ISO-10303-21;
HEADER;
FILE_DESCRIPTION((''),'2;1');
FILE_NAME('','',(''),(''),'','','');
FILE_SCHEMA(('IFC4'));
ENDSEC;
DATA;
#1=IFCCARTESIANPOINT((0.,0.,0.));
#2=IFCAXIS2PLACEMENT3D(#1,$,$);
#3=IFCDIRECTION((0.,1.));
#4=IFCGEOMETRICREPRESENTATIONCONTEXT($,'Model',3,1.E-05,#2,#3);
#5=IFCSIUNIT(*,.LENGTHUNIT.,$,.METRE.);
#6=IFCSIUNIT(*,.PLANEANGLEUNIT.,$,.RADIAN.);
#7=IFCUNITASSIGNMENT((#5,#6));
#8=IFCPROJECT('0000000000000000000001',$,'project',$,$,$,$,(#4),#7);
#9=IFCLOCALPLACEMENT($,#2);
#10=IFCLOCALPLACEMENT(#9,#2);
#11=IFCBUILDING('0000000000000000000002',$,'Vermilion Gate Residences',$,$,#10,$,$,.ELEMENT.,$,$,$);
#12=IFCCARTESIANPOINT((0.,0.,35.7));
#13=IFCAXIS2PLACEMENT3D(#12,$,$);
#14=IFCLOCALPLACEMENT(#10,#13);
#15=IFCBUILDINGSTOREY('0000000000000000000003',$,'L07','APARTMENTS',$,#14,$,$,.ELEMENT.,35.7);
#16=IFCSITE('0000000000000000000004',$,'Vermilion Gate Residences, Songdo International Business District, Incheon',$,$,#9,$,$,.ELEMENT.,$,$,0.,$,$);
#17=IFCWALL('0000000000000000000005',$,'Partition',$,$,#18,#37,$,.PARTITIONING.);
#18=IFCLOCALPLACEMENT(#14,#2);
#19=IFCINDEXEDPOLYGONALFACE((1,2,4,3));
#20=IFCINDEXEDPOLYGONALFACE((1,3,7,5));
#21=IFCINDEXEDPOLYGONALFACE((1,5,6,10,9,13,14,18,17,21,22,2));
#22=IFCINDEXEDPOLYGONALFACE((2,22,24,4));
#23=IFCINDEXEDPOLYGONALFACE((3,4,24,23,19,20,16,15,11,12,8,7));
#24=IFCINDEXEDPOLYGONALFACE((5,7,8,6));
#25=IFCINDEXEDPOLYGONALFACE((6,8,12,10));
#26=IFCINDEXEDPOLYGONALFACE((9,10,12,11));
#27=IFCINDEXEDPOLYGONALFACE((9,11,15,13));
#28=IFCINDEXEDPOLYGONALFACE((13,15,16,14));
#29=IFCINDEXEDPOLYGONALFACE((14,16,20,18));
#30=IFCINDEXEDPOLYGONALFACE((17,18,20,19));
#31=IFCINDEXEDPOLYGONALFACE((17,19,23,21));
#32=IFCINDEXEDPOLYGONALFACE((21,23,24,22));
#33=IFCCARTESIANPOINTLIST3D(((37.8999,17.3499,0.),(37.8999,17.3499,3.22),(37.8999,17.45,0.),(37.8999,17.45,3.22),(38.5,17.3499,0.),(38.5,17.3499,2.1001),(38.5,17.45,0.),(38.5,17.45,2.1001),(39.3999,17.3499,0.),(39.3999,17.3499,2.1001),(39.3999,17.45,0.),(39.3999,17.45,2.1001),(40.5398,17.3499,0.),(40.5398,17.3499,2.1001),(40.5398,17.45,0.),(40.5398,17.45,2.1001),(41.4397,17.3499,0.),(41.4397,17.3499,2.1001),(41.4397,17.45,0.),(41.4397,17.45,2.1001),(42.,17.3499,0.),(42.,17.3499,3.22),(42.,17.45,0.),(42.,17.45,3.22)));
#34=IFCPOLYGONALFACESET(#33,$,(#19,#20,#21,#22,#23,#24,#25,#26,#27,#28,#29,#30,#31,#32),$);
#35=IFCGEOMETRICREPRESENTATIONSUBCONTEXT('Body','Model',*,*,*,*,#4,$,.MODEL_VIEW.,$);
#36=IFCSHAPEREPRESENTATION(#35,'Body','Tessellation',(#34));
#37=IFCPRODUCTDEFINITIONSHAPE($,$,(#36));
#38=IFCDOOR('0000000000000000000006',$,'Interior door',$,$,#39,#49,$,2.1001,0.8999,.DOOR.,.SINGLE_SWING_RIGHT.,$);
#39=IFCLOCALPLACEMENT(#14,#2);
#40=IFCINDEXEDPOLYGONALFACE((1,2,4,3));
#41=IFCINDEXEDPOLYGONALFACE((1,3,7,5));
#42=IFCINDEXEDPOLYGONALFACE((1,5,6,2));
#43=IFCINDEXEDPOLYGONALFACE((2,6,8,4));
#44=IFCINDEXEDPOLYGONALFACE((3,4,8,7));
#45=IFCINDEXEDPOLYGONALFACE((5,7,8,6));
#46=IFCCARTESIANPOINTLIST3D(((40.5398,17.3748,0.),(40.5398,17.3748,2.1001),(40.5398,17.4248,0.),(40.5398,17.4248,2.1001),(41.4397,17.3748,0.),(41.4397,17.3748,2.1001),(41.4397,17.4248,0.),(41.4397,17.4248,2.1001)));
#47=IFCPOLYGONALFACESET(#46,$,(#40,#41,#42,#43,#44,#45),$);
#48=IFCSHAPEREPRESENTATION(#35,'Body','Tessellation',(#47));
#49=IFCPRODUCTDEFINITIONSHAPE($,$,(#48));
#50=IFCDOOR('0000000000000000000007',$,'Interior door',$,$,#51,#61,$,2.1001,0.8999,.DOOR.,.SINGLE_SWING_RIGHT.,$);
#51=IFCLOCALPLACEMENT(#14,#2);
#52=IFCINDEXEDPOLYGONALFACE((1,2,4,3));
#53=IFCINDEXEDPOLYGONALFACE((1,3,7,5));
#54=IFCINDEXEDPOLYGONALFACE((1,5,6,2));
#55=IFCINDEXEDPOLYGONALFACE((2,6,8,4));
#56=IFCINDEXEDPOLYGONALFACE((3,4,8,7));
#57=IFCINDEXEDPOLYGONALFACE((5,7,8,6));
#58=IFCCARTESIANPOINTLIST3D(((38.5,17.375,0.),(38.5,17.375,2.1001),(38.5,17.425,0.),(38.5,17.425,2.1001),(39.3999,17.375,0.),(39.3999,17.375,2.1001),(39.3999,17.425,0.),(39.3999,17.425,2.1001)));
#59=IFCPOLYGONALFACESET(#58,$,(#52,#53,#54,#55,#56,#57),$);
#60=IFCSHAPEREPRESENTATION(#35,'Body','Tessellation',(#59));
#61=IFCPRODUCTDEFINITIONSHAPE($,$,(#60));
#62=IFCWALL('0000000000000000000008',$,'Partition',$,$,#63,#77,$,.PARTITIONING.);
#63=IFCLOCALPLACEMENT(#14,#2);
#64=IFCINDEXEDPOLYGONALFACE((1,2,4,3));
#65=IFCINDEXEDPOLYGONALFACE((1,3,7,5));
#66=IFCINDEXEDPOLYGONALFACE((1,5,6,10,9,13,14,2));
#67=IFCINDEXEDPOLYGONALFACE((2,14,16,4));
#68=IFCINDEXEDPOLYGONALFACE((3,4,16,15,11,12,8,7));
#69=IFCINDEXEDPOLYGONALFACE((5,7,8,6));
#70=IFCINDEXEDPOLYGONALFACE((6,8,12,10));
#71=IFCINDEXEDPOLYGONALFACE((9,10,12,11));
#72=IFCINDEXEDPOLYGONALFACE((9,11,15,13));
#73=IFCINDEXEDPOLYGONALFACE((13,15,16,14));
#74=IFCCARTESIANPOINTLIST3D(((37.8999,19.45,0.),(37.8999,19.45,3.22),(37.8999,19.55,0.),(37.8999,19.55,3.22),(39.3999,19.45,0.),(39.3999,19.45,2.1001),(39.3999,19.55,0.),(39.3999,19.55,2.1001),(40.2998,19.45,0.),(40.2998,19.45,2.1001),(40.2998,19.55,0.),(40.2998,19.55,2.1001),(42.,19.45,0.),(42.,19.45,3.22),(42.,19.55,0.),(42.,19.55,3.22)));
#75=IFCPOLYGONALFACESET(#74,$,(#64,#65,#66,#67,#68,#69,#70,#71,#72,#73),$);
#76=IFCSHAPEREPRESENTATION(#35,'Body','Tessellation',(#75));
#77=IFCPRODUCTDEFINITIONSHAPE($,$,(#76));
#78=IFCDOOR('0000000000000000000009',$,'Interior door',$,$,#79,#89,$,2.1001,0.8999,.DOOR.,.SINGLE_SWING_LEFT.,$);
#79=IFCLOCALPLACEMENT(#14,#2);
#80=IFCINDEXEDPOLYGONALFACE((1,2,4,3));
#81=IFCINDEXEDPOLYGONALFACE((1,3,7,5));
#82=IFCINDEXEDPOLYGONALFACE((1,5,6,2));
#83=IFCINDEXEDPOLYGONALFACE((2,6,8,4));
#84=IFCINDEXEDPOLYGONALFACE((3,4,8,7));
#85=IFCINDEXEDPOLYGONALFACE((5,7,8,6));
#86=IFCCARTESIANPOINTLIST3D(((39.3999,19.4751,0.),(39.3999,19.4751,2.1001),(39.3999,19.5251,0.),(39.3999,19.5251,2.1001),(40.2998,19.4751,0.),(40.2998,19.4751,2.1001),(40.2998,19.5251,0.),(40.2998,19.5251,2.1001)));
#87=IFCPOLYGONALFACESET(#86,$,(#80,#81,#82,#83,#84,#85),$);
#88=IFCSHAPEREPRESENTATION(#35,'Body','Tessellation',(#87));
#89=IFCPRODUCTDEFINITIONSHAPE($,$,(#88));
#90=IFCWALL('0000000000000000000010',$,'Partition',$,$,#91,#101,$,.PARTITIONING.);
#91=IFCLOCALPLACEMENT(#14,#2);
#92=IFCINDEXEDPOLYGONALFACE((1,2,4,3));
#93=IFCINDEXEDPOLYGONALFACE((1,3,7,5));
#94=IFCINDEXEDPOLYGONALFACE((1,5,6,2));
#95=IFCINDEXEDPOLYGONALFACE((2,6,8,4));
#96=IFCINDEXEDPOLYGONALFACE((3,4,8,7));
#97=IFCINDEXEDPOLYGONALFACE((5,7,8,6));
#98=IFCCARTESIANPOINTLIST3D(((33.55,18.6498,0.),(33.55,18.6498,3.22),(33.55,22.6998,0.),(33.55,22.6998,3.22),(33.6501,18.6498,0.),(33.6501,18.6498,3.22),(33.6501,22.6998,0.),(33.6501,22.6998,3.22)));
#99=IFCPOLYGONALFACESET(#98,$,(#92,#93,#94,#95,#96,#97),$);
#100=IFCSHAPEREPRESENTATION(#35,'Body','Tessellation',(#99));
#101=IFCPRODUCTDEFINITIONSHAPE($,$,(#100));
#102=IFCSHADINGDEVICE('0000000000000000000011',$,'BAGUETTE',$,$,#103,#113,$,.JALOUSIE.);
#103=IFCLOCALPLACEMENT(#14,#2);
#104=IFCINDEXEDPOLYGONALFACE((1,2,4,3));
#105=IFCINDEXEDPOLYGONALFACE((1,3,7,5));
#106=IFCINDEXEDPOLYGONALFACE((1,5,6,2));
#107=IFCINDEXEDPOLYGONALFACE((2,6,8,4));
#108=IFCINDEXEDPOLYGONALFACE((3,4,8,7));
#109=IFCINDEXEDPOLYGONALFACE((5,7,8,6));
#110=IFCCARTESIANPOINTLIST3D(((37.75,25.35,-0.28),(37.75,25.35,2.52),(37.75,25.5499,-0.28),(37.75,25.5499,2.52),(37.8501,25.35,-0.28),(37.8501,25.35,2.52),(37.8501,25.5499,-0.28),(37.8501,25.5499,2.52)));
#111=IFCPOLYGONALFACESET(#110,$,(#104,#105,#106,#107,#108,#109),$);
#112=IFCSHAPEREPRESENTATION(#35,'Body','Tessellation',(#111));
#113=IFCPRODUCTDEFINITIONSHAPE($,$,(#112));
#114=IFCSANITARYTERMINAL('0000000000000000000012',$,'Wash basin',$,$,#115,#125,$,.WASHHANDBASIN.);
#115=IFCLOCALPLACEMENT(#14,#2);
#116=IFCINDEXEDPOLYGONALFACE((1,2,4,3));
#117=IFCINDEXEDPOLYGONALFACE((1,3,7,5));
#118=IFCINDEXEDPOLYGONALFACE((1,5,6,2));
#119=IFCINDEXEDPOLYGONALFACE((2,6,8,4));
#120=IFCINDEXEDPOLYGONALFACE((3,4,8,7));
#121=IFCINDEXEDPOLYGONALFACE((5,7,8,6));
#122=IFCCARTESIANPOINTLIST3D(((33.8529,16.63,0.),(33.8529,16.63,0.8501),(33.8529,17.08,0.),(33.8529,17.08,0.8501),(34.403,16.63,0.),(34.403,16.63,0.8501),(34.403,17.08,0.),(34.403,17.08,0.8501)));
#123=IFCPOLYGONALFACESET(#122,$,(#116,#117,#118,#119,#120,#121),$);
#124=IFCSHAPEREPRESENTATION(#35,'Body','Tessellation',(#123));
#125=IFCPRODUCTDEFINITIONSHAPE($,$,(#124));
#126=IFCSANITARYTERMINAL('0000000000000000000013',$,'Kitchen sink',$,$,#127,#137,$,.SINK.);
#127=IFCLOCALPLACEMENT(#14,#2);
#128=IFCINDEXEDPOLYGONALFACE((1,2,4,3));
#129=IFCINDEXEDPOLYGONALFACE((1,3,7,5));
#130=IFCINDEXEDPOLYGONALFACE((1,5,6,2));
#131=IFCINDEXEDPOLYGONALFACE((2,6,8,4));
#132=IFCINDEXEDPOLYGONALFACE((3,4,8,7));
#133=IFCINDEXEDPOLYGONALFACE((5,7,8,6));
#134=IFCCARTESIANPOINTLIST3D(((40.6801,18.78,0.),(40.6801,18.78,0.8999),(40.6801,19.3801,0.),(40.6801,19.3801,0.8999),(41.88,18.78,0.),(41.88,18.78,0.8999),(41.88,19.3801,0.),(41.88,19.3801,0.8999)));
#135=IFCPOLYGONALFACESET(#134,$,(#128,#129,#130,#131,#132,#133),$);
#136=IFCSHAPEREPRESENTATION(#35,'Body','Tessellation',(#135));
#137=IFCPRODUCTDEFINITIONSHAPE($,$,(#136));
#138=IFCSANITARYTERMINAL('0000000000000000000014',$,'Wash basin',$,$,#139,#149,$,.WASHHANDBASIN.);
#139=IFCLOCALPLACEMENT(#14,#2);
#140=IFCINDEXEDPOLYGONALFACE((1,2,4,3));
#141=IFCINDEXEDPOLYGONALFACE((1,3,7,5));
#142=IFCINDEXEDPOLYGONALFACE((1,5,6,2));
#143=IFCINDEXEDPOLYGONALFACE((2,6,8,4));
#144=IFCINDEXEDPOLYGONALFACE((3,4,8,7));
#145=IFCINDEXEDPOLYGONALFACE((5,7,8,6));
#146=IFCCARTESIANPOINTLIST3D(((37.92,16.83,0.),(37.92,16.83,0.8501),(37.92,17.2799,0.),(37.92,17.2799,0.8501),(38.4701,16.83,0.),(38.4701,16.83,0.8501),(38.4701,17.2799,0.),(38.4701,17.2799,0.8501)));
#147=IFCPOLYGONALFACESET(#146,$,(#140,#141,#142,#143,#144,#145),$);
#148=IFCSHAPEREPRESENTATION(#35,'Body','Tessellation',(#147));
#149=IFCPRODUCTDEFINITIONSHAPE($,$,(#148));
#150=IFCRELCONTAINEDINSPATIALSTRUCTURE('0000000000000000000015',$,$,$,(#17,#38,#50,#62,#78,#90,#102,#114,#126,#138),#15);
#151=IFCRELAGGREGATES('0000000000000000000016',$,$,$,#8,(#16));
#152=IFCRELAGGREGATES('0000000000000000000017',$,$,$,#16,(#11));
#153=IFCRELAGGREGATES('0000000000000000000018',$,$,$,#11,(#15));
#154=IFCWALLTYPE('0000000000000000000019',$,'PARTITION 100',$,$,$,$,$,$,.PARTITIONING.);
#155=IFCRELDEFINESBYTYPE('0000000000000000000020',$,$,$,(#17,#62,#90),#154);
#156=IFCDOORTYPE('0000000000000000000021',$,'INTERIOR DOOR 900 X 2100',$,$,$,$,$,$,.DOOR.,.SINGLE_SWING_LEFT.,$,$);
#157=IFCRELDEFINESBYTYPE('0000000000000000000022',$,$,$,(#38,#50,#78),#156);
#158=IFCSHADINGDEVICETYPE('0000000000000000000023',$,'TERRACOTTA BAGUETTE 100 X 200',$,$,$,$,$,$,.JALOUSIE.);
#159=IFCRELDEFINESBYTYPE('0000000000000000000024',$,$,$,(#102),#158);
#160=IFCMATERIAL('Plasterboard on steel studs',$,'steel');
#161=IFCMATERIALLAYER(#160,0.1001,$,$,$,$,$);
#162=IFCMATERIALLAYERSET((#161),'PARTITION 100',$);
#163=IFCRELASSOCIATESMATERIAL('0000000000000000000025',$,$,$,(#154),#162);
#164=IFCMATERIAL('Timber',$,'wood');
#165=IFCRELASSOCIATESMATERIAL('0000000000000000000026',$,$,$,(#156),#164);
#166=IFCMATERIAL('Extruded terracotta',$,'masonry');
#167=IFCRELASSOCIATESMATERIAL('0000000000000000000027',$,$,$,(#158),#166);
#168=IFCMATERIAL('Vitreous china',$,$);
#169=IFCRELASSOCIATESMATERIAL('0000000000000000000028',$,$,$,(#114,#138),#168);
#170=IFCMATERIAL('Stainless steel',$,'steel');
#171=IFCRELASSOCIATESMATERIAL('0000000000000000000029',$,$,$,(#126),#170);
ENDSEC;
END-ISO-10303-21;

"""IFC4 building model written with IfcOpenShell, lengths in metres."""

from ifc_helpers import new_model, si_unit, direction, frame, frame_2d, origin, origin_2d, place, context, subcontext, project, spatial, rectangle, extrude, material, layer, layer_set, material_profile, profile_set, type_object, element, fill, save


model = new_model("IFC4")

# Units and contexts
model_context = context("Model", 3, precision=1e-05, world=origin(), true_north=direction((0.0, 1.0)))
body_context = subcontext(model_context, "Body", "Model", "MODEL_VIEW")
ifc_project = project(units=[si_unit("LENGTHUNIT", "METRE"), si_unit("PLANEANGLEUNIT", "RADIAN")], contexts=[model_context])

# Site, building, storey
site_placement = place(None, origin())
site = spatial("IfcSite", under=ifc_project, at=site_placement, Name="Vermilion Gate Residences, Songdo International Business District, Incheon", CompositionType="ELEMENT", RefElevation=0.0)
building_placement = place(site_placement, origin())
building = spatial("IfcBuilding", under=site, at=building_placement, Name="Vermilion Gate Residences", CompositionType="ELEMENT")
storey_placement = place(building_placement, frame((0.0, 0.0, 35.7)))
storey = spatial("IfcBuildingStorey", under=building, at=storey_placement, Name="L07", Description="APARTMENTS", CompositionType="ELEMENT", Elevation=35.7)

# Wall, openings, doors
ifc_material_1 = material(Name="Plasterboard on steel studs", Category="steel")
ifc_layer_1 = layer(ifc_material_1, 0.1001)
ifc_layer_set_1 = layer_set([ifc_layer_1], Name="PARTITION 100")
wall_type_1 = type_object("IfcWallType", Name="PARTITION 100", PredefinedType="PARTITIONING", material=ifc_layer_set_1)
wall_1_placement = place(storey_placement, frame((37.8999, 17.3999, 0.0), z_axis=(0.0, 0.0, 1.0), x_axis=(1.0, 0.0, 0.0)))
wall_1 = element("IfcWall", 1, at=wall_1_placement, inside=storey, type_object=wall_type_1, Name="Partition", PredefinedType="PARTITIONING", context=body_context, shape_type="SweptSolid", body=[
    extrude(rectangle(XDim=4.1001, YDim=0.1001, at=frame_2d((2.05, 0.0))), origin(), (0.0, 0.0, 1.0), 3.22),
])
opening_1_placement = place(wall_1_placement, frame((2.6399, 0.0, 0.0)))
opening_1 = element("IfcOpeningElement", 2, at=opening_1_placement, cuts=wall_1, PredefinedType="OPENING", context=body_context, shape_type="SweptSolid", body=[
    extrude(rectangle(XDim=0.8999, YDim=2.1001, at=frame_2d((0.45, 1.05))), frame((0.0, 0.0601, 0.0), z_axis=(0.0, -1.0, 0.0), x_axis=(1.0, 0.0, 0.0)), (0.0, 0.0, 1.0), 0.1201),
])
opening_2_placement = place(wall_1_placement, frame((0.6001, 0.0, 0.0)))
opening_2 = element("IfcOpeningElement", 3, at=opening_2_placement, cuts=wall_1, PredefinedType="OPENING", context=body_context, shape_type="SweptSolid", body=[
    extrude(rectangle(XDim=0.8999, YDim=2.1001, at=frame_2d((0.45, 1.05))), frame((0.0, 0.0601, 0.0), z_axis=(0.0, -1.0, 0.0), x_axis=(1.0, 0.0, 0.0)), (0.0, 0.0, 1.0), 0.1201),
])
ifc_material_2 = material(Name="Timber", Category="wood")
door_type_1 = type_object("IfcDoorType", Name="INTERIOR DOOR 900 X 2100", OperationType="SINGLE_SWING_LEFT", PredefinedType="DOOR", material=ifc_material_2)
door_1_placement = place(opening_1_placement, origin())
door_1 = element("IfcDoor", 4, at=door_1_placement, inside=storey, type_object=door_type_1, Name="Interior door", OperationType="SINGLE_SWING_RIGHT", OverallHeight=2.1001, OverallWidth=0.8999, PredefinedType="DOOR", context=body_context, shape_type="SweptSolid", body=[
    extrude(rectangle(XDim=0.8999, YDim=2.1001, at=frame_2d((0.45, 1.05))), frame((0.0, 0.0249, 0.0), z_axis=(0.0, -1.0, 0.0), x_axis=(1.0, 0.0, 0.0)), (0.0, 0.0, 1.0), 0.05),
])
fill(opening_1, door_1)
door_2_placement = place(opening_2_placement, frame((0.8999, 0.0, 0.0), z_axis=(0.0, 0.0, 1.0), x_axis=(-1.0, 0.0, 0.0)))
door_2 = element("IfcDoor", 5, at=door_2_placement, inside=storey, type_object=door_type_1, Name="Interior door", OperationType="SINGLE_SWING_RIGHT", OverallHeight=2.1001, OverallWidth=0.8999, PredefinedType="DOOR", context=body_context, shape_type="SweptSolid", body=[
    extrude(rectangle(XDim=0.8999, YDim=2.1001, at=frame_2d((0.45, 1.05))), frame((0.0, 0.0249, 0.0), z_axis=(0.0, -1.0, 0.0), x_axis=(1.0, 0.0, 0.0)), (0.0, 0.0, 1.0), 0.05),
])
fill(opening_2, door_2)

# Wall, opening, door
wall_2_placement = place(storey_placement, frame((37.8999, 19.5, 0.0), z_axis=(0.0, 0.0, 1.0), x_axis=(1.0, 0.0, 0.0)))
wall_2 = element("IfcWall", 6, at=wall_2_placement, inside=storey, type_object=wall_type_1, Name="Partition", PredefinedType="PARTITIONING", context=body_context, shape_type="SweptSolid", body=[
    extrude(rectangle(XDim=4.1001, YDim=0.1001, at=frame_2d((2.05, 0.0))), origin(), (0.0, 0.0, 1.0), 3.22),
])
opening_3_placement = place(wall_2_placement, frame((1.5, 0.0, 0.0)))
opening_3 = element("IfcOpeningElement", 7, at=opening_3_placement, cuts=wall_2, PredefinedType="OPENING", context=body_context, shape_type="SweptSolid", body=[
    extrude(rectangle(XDim=0.8999, YDim=2.1001, at=frame_2d((0.45, 1.05))), frame((0.0, 0.0601, 0.0), z_axis=(0.0, -1.0, 0.0), x_axis=(1.0, 0.0, 0.0)), (0.0, 0.0, 1.0), 0.1201),
])
door_3_placement = place(opening_3_placement, frame((0.8999, 0.0, 0.0), z_axis=(0.0, 0.0, 1.0), x_axis=(-1.0, 0.0, 0.0)))
door_3 = element("IfcDoor", 8, at=door_3_placement, inside=storey, type_object=door_type_1, Name="Interior door", OperationType="SINGLE_SWING_LEFT", OverallHeight=2.1001, OverallWidth=0.8999, PredefinedType="DOOR", context=body_context, shape_type="SweptSolid", body=[
    extrude(rectangle(XDim=0.8999, YDim=2.1001, at=frame_2d((0.45, 1.05))), frame((0.0, 0.0249, 0.0), z_axis=(0.0, -1.0, 0.0), x_axis=(1.0, 0.0, 0.0)), (0.0, 0.0, 1.0), 0.05),
])
fill(opening_3, door_3)

# Wall
wall_3_placement = place(storey_placement, frame((33.6001, 18.6499, 0.0), z_axis=(0.0, 0.0, 1.0), x_axis=(0.0, 1.0, 0.0)))
element("IfcWall", 9, at=wall_3_placement, inside=storey, type_object=wall_type_1, Name="Partition", PredefinedType="PARTITIONING", context=body_context, shape_type="SweptSolid", body=[
    extrude(rectangle(XDim=4.05, YDim=0.1001, at=frame_2d((2.0249, 0.0))), origin(), (0.0, 0.0, 1.0), 3.22),
])

# Shading device
ifc_material_3 = material(Name="Extruded terracotta", Category="masonry")
ifc_material_profile_1 = material_profile(ifc_material_3, rectangle(XDim=0.2, YDim=0.1001, at=origin_2d()), Name="BAGUETTE 100 X 200")
ifc_profile_set_1 = profile_set([ifc_material_profile_1], Name="Extruded terracotta")
shading_device_type = type_object("IfcShadingDeviceType", Name="TERRACOTTA BAGUETTE 100 X 200", PredefinedType="JALOUSIE", material=ifc_profile_set_1)
shading_device_placement = place(storey_placement, frame((37.8, 25.45, -0.28), z_axis=(0.0, 0.0, 1.0), x_axis=(0.0, -1.0, 0.0)))
element("IfcShadingDevice", 10, at=shading_device_placement, inside=storey, type_object=shading_device_type, Name="BAGUETTE", PredefinedType="JALOUSIE", context=body_context, shape_type="SweptSolid", body=[
    extrude(rectangle(XDim=0.2, YDim=0.1001, at=origin_2d()), origin(), (0.0, 0.0, 1.0), 2.8),
])

# Sanitary terminals
ifc_material_4 = material(Name="Vitreous china")
sanitary_terminal_1_placement = place(storey_placement, frame((34.1279, 16.855, 0.0), z_axis=(0.0, 0.0, 1.0), x_axis=(1.0, 0.0, 0.0)))
element("IfcSanitaryTerminal", 11, at=sanitary_terminal_1_placement, inside=storey, material=ifc_material_4, Name="Wash basin", PredefinedType="WASHHANDBASIN", context=body_context, shape_type="SweptSolid", body=[
    extrude(rectangle(XDim=0.55, YDim=0.45, at=origin_2d()), origin(), (0.0, 0.0, 1.0), 0.8501),
])
ifc_material_5 = material(Name="Stainless steel", Category="steel")
sanitary_terminal_2_placement = place(storey_placement, frame((41.28, 19.0801, 0.0), z_axis=(0.0, 0.0, 1.0), x_axis=(1.0, 0.0, 0.0)))
element("IfcSanitaryTerminal", 12, at=sanitary_terminal_2_placement, inside=storey, material=ifc_material_5, Name="Kitchen sink", PredefinedType="SINK", context=body_context, shape_type="SweptSolid", body=[
    extrude(rectangle(XDim=1.2, YDim=0.6001, at=origin_2d()), origin(), (0.0, 0.0, 1.0), 0.8999),
])
sanitary_terminal_3_placement = place(storey_placement, frame((38.1951, 17.0549, 0.0), z_axis=(0.0, 0.0, 1.0), x_axis=(1.0, 0.0, 0.0)))
element("IfcSanitaryTerminal", 13, at=sanitary_terminal_3_placement, inside=storey, material=ifc_material_4, Name="Wash basin", PredefinedType="WASHHANDBASIN", context=body_context, shape_type="SweptSolid", body=[
    extrude(rectangle(XDim=0.55, YDim=0.45, at=origin_2d()), origin(), (0.0, 0.0, 1.0), 0.8501),
])

save(model, "model.ifc")
